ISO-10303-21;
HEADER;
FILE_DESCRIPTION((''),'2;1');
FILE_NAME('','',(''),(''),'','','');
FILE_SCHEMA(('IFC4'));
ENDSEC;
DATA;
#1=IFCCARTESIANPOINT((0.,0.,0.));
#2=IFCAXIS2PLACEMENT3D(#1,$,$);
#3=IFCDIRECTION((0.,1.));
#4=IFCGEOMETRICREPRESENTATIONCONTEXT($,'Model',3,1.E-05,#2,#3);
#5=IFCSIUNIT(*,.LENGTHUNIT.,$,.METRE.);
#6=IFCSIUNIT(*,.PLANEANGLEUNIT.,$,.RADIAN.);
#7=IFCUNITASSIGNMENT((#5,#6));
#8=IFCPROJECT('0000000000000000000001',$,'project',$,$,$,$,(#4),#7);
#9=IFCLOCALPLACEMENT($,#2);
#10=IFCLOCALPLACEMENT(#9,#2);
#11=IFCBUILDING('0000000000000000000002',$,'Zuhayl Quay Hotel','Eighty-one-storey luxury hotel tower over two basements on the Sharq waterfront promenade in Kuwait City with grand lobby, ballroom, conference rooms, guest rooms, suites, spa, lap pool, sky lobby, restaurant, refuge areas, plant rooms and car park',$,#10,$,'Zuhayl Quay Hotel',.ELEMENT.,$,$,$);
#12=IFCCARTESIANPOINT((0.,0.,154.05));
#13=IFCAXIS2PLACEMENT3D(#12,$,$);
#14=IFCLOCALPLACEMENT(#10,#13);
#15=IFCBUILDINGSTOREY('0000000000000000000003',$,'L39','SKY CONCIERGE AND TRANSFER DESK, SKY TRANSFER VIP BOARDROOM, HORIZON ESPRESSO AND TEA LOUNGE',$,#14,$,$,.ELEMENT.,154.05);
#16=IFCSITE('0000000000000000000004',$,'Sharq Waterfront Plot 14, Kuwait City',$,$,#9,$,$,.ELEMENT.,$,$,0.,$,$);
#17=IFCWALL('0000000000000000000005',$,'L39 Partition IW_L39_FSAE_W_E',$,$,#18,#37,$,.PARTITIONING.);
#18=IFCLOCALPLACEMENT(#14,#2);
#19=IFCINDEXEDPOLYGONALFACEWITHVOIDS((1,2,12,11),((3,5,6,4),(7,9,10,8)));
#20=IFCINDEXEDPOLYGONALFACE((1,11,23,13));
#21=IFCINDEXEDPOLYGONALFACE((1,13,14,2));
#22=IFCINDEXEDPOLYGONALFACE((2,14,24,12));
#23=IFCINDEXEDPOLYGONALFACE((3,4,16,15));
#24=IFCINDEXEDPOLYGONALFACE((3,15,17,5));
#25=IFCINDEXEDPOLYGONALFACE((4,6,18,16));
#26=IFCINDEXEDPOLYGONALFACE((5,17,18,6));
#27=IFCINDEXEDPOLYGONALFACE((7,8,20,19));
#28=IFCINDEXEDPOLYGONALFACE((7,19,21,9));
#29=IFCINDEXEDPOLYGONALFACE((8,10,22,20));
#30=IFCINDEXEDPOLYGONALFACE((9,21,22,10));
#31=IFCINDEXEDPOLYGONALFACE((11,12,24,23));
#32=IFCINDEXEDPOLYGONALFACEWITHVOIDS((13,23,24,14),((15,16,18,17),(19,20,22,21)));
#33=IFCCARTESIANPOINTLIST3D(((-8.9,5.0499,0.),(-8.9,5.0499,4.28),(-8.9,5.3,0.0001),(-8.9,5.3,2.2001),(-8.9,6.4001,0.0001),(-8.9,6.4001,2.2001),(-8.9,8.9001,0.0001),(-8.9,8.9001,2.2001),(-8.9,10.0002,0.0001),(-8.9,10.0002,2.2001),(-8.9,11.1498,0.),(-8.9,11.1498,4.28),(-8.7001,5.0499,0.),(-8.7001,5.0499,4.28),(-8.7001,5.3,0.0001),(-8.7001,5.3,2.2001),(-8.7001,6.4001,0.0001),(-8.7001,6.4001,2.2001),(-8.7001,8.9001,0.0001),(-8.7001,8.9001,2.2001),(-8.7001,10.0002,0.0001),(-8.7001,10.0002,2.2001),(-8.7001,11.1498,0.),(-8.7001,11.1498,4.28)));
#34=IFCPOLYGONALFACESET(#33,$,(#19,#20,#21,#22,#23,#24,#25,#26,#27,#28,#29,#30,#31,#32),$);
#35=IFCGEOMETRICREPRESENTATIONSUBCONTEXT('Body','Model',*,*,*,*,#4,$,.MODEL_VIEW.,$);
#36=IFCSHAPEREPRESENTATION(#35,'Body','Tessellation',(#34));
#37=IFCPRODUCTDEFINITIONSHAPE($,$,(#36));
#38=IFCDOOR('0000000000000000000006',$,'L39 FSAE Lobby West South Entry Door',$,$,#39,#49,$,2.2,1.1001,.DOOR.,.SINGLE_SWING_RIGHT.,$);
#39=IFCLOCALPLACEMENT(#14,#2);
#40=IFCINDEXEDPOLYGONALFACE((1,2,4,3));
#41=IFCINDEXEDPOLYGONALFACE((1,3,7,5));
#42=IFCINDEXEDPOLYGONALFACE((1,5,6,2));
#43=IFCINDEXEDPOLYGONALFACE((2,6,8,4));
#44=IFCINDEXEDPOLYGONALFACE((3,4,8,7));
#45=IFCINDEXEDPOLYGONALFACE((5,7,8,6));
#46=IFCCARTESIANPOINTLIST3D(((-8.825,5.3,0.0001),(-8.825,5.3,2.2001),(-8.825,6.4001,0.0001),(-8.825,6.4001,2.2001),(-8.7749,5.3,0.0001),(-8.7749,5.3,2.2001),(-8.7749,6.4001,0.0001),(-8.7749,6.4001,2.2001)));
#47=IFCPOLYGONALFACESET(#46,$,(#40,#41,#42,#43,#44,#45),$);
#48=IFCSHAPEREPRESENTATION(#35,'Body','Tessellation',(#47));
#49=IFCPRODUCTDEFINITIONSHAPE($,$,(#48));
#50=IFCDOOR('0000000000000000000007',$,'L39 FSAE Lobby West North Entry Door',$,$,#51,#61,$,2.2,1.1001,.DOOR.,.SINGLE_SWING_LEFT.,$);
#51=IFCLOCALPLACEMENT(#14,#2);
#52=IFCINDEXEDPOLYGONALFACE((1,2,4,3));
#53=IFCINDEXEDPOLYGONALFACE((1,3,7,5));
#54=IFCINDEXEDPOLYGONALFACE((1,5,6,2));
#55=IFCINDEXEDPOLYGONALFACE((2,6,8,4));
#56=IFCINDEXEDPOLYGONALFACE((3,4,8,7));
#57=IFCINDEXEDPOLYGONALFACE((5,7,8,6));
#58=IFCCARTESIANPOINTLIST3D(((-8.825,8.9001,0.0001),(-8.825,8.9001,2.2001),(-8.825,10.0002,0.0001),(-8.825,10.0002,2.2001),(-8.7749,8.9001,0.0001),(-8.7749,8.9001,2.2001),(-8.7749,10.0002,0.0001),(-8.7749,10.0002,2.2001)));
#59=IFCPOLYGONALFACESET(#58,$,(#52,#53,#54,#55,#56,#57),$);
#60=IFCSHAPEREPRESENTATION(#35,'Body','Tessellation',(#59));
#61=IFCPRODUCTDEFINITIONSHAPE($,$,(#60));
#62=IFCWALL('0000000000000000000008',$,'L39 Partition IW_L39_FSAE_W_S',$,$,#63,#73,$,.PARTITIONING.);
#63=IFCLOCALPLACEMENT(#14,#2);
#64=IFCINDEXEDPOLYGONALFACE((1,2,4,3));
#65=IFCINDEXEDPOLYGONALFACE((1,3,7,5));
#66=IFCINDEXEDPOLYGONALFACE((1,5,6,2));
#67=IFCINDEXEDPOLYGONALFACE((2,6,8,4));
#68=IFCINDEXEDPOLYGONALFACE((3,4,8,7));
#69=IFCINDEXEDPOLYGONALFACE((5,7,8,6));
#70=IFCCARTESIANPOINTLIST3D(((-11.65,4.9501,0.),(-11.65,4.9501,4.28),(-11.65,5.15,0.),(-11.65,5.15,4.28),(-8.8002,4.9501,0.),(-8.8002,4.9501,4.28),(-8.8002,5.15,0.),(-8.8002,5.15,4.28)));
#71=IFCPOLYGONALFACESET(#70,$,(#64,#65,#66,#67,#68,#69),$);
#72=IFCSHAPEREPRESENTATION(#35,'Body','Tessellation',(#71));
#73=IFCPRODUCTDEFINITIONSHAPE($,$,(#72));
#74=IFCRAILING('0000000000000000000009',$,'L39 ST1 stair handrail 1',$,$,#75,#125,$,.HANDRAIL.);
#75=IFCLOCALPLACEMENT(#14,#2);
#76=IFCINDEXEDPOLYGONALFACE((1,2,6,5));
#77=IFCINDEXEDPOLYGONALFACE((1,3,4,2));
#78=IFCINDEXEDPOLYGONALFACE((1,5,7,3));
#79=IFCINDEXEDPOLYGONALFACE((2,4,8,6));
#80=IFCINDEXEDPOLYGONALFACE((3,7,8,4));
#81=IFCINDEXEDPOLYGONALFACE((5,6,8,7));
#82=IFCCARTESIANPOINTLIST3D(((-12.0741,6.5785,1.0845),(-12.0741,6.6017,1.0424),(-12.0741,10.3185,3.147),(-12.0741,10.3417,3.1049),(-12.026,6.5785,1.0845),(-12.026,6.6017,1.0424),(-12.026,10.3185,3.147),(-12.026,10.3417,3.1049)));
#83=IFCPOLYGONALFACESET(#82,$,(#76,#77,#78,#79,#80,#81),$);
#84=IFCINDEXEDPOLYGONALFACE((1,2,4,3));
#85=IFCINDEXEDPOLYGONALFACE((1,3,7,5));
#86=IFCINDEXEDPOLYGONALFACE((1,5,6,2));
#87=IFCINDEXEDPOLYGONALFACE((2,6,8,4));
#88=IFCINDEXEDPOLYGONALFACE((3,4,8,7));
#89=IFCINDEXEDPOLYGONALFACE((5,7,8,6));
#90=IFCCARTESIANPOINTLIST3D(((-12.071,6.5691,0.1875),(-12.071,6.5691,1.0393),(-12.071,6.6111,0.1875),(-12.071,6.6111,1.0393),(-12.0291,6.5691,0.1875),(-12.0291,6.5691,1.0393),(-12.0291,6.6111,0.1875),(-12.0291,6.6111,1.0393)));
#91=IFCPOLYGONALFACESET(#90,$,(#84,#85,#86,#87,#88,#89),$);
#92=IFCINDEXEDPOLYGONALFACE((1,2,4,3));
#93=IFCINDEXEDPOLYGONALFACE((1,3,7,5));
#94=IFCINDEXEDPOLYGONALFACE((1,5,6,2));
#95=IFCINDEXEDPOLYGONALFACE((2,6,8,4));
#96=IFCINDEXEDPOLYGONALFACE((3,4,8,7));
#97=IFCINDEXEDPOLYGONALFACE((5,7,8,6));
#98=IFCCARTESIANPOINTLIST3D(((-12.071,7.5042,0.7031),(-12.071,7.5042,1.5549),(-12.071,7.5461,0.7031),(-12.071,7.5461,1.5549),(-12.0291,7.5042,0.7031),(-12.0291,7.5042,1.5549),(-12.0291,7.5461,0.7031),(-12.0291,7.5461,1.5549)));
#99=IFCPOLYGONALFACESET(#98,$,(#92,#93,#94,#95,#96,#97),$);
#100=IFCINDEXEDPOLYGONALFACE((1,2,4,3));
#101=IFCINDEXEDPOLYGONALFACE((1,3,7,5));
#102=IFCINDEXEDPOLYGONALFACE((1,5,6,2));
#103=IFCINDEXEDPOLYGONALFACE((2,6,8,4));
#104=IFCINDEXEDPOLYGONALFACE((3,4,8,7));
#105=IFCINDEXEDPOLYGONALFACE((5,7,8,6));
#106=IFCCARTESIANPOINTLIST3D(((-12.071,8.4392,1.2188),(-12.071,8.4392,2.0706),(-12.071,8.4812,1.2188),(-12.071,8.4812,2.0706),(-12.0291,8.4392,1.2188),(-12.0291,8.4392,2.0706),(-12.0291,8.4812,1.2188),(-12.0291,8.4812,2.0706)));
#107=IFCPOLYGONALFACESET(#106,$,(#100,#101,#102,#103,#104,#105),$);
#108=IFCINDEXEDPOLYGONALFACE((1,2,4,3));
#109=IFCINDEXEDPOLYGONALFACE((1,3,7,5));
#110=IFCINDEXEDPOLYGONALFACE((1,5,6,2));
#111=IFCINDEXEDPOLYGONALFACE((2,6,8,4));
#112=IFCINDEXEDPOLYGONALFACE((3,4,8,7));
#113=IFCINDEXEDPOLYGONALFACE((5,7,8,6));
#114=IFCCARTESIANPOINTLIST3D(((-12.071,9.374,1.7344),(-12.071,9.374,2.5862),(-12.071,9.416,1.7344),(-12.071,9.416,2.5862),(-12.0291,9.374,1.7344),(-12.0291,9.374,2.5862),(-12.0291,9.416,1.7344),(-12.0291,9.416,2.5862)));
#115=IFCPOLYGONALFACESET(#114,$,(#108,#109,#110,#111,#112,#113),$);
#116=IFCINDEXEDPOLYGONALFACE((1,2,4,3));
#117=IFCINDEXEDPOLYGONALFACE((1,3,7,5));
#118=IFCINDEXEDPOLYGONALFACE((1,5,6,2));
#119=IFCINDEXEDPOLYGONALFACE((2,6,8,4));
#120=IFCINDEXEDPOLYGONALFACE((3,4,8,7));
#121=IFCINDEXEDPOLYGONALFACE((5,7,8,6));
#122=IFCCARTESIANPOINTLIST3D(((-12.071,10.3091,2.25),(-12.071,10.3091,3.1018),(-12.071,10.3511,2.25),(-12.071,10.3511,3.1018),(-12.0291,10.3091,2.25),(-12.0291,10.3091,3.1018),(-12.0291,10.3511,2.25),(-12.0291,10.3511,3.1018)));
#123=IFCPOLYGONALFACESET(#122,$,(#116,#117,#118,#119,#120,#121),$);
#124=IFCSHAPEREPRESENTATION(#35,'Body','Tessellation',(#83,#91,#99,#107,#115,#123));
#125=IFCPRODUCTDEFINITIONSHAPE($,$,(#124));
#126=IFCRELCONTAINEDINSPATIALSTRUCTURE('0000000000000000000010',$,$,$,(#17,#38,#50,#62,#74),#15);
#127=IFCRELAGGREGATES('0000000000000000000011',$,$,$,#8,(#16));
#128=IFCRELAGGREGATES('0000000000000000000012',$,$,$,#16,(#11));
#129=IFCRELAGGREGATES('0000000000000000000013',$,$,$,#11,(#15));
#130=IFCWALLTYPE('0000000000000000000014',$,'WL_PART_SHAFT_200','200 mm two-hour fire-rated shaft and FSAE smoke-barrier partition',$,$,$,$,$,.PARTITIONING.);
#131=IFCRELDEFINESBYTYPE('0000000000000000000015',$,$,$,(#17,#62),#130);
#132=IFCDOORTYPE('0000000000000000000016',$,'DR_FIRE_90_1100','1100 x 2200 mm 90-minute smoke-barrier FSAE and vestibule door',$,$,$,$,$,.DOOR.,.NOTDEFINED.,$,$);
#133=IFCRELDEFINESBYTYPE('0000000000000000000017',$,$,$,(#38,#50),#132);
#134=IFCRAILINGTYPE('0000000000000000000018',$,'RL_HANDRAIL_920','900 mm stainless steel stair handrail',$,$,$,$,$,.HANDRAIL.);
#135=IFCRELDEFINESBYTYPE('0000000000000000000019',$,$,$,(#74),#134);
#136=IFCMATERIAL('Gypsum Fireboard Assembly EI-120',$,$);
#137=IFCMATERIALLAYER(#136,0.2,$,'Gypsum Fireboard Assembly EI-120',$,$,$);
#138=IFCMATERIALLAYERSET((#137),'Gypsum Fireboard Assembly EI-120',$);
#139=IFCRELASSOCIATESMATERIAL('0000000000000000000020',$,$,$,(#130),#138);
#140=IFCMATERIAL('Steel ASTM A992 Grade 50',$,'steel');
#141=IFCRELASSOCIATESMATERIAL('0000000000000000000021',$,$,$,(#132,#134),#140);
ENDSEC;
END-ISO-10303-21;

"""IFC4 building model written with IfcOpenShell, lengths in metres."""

from ifc_helpers import new_model, si_unit, direction, frame, frame_2d, origin, origin_2d, place, context, subcontext, project, spatial, rectangle, extrude, material, layer, layer_set, type_object, element, fill, save


model = new_model("IFC4")

# Units and contexts
model_context = context("Model", 3, precision=1e-05, world=origin(), true_north=direction((0.0, 1.0)))
body_context = subcontext(model_context, "Body", "Model", "MODEL_VIEW")
ifc_project = project(units=[si_unit("LENGTHUNIT", "METRE"), si_unit("PLANEANGLEUNIT", "RADIAN")], contexts=[model_context])

# Site, building, storey
site_placement = place(None, origin())
site = spatial("IfcSite", under=ifc_project, at=site_placement, Name="Sharq Waterfront Plot 14, Kuwait City", CompositionType="ELEMENT", RefElevation=0.0)
building_placement = place(site_placement, origin())
building = spatial("IfcBuilding", under=site, at=building_placement, Name="Zuhayl Quay Hotel", Description="Eighty-one-storey luxury hotel tower over two basements on the Sharq waterfront promenade in Kuwait City with grand lobby, ballroom, conference rooms, guest rooms, suites, spa, lap pool, sky lobby, restaurant, refuge areas, plant rooms and car park", LongName="Zuhayl Quay Hotel", CompositionType="ELEMENT")
storey_placement = place(building_placement, frame((0.0, 0.0, 154.05)))
storey = spatial("IfcBuildingStorey", under=building, at=storey_placement, Name="L39", Description="SKY CONCIERGE AND TRANSFER DESK, SKY TRANSFER VIP BOARDROOM, HORIZON ESPRESSO AND TEA LOUNGE", CompositionType="ELEMENT", Elevation=154.05)

# Shared definitions
ifc_material_1 = material(Name="Steel ASTM A992 Grade 50", Category="steel")

# Wall, openings, doors
ifc_material_2 = material(Name="Gypsum Fireboard Assembly EI-120")
ifc_layer_1 = layer(ifc_material_2, 0.2, Name="Gypsum Fireboard Assembly EI-120")
ifc_layer_set_1 = layer_set([ifc_layer_1], Name="Gypsum Fireboard Assembly EI-120")
wall_type_1 = type_object("IfcWallType", Name="WL_PART_SHAFT_200", Description="200 mm two-hour fire-rated shaft and FSAE smoke-barrier partition", PredefinedType="PARTITIONING", material=ifc_layer_set_1)
wall_1_placement = place(storey_placement, frame((-8.8, 5.05, 0.0), z_axis=(0.0, 0.0, 1.0), x_axis=(0.0, 1.0, 0.0)))
wall_1 = element("IfcWall", 1, at=wall_1_placement, inside=storey, type_object=wall_type_1, Name="L39 Partition IW_L39_FSAE_W_E", PredefinedType="PARTITIONING", context=body_context, shape_type="SweptSolid", body=[
    extrude(rectangle(XDim=6.0999, YDim=0.2, at=frame_2d((3.0498, 0.0))), origin(), (0.0, 0.0, 1.0), 4.28),
])
opening_1_placement = place(wall_1_placement, frame((0.25, 0.0, 0.0)))
opening_1 = element("IfcOpeningElement", 2, at=opening_1_placement, cuts=wall_1, PredefinedType="OPENING", context=body_context, shape_type="SweptSolid", body=[
    extrude(rectangle(XDim=1.1001, YDim=2.2, at=frame_2d((0.55, 1.1001))), frame((0.0, 0.1099, 0.0), z_axis=(0.0, -1.0, 0.0), x_axis=(1.0, 0.0, 0.0)), (0.0, 0.0, 1.0), 0.22),
])
opening_2_placement = place(wall_1_placement, frame((3.8501, 0.0, 0.0)))
opening_2 = element("IfcOpeningElement", 3, at=opening_2_placement, cuts=wall_1, PredefinedType="OPENING", context=body_context, shape_type="SweptSolid", body=[
    extrude(rectangle(XDim=1.1001, YDim=2.2, at=frame_2d((0.55, 1.1001))), frame((0.0, 0.1099, 0.0), z_axis=(0.0, -1.0, 0.0), x_axis=(1.0, 0.0, 0.0)), (0.0, 0.0, 1.0), 0.22),
])
door_type_1 = type_object("IfcDoorType", Name="DR_FIRE_90_1100", Description="1100 x 2200 mm 90-minute smoke-barrier FSAE and vestibule door", OperationType="NOTDEFINED", PredefinedType="DOOR", material=ifc_material_1)
door_1_placement = place(opening_1_placement, origin())
door_1 = element("IfcDoor", 4, at=door_1_placement, inside=storey, type_object=door_type_1, Name="L39 FSAE Lobby West South Entry Door", OperationType="SINGLE_SWING_RIGHT", OverallHeight=2.2, OverallWidth=1.1001, PredefinedType="DOOR", context=body_context, shape_type="SweptSolid", body=[
    extrude(rectangle(XDim=1.1001, YDim=2.2, at=frame_2d((0.55, 1.1001))), frame((0.0, 0.0249, 0.0), z_axis=(0.0, -1.0, 0.0), x_axis=(1.0, 0.0, 0.0)), (0.0, 0.0, 1.0), 0.05),
])
fill(opening_1, door_1)
door_2_placement = place(opening_2_placement, origin())
door_2 = element("IfcDoor", 5, at=door_2_placement, inside=storey, type_object=door_type_1, Name="L39 FSAE Lobby West North Entry Door", OperationType="SINGLE_SWING_LEFT", OverallHeight=2.2, OverallWidth=1.1001, PredefinedType="DOOR", context=body_context, shape_type="SweptSolid", body=[
    extrude(rectangle(XDim=1.1001, YDim=2.2, at=frame_2d((0.55, 1.1001))), frame((0.0, 0.0249, 0.0), z_axis=(0.0, -1.0, 0.0), x_axis=(1.0, 0.0, 0.0)), (0.0, 0.0, 1.0), 0.05),
])
fill(opening_2, door_2)

# Wall
wall_2_placement = place(storey_placement, frame((-11.6499, 5.05, 0.0), z_axis=(0.0, 0.0, 1.0), x_axis=(1.0, 0.0, 0.0)))
element("IfcWall", 6, at=wall_2_placement, inside=storey, type_object=wall_type_1, Name="L39 Partition IW_L39_FSAE_W_S", PredefinedType="PARTITIONING", context=body_context, shape_type="SweptSolid", body=[
    extrude(rectangle(XDim=2.8499, YDim=0.2, at=frame_2d((1.4248, 0.0))), origin(), (0.0, 0.0, 1.0), 4.28),
])

# Railing
railing_type = type_object("IfcRailingType", Name="RL_HANDRAIL_920", Description="900 mm stainless steel stair handrail", PredefinedType="HANDRAIL", material=ifc_material_1)
railing_placement = place(storey_placement, frame((-12.05, 6.5901, 0.1875)))
element("IfcRailing", 7, at=railing_placement, inside=storey, type_object=railing_type, Name="L39 ST1 stair handrail 1", PredefinedType="HANDRAIL", context=body_context, shape_type="SweptSolid", body=[
    extrude(rectangle(XDim=0.0481, YDim=0.0481, at=origin_2d()), frame((0.0, 0.0, 0.876), z_axis=(0.0, 0.875671, 0.482908), x_axis=(-1.0, 0.0, 0.0)), (0.0, 0.0, 1.0), 4.271),
    extrude(rectangle(XDim=0.042, YDim=0.042, at=origin_2d()), origin(), (0.0, 0.0, 1.0), 0.8518),
    extrude(rectangle(XDim=0.042, YDim=0.042, at=origin_2d()), frame((0.0, 0.9351, 0.5156)), (0.0, 0.0, 1.0), 0.8518),
    extrude(rectangle(XDim=0.042, YDim=0.042, at=origin_2d()), frame((0.0, 1.8701, 1.0312)), (0.0, 0.0, 1.0), 0.8518),
    extrude(rectangle(XDim=0.042, YDim=0.042, at=origin_2d()), frame((0.0, 2.8049, 1.5469)), (0.0, 0.0, 1.0), 0.8518),
    extrude(rectangle(XDim=0.042, YDim=0.042, at=origin_2d()), frame((0.0, 3.74, 2.0625)), (0.0, 0.0, 1.0), 0.8518),
])

save(model, "model.ifc")
